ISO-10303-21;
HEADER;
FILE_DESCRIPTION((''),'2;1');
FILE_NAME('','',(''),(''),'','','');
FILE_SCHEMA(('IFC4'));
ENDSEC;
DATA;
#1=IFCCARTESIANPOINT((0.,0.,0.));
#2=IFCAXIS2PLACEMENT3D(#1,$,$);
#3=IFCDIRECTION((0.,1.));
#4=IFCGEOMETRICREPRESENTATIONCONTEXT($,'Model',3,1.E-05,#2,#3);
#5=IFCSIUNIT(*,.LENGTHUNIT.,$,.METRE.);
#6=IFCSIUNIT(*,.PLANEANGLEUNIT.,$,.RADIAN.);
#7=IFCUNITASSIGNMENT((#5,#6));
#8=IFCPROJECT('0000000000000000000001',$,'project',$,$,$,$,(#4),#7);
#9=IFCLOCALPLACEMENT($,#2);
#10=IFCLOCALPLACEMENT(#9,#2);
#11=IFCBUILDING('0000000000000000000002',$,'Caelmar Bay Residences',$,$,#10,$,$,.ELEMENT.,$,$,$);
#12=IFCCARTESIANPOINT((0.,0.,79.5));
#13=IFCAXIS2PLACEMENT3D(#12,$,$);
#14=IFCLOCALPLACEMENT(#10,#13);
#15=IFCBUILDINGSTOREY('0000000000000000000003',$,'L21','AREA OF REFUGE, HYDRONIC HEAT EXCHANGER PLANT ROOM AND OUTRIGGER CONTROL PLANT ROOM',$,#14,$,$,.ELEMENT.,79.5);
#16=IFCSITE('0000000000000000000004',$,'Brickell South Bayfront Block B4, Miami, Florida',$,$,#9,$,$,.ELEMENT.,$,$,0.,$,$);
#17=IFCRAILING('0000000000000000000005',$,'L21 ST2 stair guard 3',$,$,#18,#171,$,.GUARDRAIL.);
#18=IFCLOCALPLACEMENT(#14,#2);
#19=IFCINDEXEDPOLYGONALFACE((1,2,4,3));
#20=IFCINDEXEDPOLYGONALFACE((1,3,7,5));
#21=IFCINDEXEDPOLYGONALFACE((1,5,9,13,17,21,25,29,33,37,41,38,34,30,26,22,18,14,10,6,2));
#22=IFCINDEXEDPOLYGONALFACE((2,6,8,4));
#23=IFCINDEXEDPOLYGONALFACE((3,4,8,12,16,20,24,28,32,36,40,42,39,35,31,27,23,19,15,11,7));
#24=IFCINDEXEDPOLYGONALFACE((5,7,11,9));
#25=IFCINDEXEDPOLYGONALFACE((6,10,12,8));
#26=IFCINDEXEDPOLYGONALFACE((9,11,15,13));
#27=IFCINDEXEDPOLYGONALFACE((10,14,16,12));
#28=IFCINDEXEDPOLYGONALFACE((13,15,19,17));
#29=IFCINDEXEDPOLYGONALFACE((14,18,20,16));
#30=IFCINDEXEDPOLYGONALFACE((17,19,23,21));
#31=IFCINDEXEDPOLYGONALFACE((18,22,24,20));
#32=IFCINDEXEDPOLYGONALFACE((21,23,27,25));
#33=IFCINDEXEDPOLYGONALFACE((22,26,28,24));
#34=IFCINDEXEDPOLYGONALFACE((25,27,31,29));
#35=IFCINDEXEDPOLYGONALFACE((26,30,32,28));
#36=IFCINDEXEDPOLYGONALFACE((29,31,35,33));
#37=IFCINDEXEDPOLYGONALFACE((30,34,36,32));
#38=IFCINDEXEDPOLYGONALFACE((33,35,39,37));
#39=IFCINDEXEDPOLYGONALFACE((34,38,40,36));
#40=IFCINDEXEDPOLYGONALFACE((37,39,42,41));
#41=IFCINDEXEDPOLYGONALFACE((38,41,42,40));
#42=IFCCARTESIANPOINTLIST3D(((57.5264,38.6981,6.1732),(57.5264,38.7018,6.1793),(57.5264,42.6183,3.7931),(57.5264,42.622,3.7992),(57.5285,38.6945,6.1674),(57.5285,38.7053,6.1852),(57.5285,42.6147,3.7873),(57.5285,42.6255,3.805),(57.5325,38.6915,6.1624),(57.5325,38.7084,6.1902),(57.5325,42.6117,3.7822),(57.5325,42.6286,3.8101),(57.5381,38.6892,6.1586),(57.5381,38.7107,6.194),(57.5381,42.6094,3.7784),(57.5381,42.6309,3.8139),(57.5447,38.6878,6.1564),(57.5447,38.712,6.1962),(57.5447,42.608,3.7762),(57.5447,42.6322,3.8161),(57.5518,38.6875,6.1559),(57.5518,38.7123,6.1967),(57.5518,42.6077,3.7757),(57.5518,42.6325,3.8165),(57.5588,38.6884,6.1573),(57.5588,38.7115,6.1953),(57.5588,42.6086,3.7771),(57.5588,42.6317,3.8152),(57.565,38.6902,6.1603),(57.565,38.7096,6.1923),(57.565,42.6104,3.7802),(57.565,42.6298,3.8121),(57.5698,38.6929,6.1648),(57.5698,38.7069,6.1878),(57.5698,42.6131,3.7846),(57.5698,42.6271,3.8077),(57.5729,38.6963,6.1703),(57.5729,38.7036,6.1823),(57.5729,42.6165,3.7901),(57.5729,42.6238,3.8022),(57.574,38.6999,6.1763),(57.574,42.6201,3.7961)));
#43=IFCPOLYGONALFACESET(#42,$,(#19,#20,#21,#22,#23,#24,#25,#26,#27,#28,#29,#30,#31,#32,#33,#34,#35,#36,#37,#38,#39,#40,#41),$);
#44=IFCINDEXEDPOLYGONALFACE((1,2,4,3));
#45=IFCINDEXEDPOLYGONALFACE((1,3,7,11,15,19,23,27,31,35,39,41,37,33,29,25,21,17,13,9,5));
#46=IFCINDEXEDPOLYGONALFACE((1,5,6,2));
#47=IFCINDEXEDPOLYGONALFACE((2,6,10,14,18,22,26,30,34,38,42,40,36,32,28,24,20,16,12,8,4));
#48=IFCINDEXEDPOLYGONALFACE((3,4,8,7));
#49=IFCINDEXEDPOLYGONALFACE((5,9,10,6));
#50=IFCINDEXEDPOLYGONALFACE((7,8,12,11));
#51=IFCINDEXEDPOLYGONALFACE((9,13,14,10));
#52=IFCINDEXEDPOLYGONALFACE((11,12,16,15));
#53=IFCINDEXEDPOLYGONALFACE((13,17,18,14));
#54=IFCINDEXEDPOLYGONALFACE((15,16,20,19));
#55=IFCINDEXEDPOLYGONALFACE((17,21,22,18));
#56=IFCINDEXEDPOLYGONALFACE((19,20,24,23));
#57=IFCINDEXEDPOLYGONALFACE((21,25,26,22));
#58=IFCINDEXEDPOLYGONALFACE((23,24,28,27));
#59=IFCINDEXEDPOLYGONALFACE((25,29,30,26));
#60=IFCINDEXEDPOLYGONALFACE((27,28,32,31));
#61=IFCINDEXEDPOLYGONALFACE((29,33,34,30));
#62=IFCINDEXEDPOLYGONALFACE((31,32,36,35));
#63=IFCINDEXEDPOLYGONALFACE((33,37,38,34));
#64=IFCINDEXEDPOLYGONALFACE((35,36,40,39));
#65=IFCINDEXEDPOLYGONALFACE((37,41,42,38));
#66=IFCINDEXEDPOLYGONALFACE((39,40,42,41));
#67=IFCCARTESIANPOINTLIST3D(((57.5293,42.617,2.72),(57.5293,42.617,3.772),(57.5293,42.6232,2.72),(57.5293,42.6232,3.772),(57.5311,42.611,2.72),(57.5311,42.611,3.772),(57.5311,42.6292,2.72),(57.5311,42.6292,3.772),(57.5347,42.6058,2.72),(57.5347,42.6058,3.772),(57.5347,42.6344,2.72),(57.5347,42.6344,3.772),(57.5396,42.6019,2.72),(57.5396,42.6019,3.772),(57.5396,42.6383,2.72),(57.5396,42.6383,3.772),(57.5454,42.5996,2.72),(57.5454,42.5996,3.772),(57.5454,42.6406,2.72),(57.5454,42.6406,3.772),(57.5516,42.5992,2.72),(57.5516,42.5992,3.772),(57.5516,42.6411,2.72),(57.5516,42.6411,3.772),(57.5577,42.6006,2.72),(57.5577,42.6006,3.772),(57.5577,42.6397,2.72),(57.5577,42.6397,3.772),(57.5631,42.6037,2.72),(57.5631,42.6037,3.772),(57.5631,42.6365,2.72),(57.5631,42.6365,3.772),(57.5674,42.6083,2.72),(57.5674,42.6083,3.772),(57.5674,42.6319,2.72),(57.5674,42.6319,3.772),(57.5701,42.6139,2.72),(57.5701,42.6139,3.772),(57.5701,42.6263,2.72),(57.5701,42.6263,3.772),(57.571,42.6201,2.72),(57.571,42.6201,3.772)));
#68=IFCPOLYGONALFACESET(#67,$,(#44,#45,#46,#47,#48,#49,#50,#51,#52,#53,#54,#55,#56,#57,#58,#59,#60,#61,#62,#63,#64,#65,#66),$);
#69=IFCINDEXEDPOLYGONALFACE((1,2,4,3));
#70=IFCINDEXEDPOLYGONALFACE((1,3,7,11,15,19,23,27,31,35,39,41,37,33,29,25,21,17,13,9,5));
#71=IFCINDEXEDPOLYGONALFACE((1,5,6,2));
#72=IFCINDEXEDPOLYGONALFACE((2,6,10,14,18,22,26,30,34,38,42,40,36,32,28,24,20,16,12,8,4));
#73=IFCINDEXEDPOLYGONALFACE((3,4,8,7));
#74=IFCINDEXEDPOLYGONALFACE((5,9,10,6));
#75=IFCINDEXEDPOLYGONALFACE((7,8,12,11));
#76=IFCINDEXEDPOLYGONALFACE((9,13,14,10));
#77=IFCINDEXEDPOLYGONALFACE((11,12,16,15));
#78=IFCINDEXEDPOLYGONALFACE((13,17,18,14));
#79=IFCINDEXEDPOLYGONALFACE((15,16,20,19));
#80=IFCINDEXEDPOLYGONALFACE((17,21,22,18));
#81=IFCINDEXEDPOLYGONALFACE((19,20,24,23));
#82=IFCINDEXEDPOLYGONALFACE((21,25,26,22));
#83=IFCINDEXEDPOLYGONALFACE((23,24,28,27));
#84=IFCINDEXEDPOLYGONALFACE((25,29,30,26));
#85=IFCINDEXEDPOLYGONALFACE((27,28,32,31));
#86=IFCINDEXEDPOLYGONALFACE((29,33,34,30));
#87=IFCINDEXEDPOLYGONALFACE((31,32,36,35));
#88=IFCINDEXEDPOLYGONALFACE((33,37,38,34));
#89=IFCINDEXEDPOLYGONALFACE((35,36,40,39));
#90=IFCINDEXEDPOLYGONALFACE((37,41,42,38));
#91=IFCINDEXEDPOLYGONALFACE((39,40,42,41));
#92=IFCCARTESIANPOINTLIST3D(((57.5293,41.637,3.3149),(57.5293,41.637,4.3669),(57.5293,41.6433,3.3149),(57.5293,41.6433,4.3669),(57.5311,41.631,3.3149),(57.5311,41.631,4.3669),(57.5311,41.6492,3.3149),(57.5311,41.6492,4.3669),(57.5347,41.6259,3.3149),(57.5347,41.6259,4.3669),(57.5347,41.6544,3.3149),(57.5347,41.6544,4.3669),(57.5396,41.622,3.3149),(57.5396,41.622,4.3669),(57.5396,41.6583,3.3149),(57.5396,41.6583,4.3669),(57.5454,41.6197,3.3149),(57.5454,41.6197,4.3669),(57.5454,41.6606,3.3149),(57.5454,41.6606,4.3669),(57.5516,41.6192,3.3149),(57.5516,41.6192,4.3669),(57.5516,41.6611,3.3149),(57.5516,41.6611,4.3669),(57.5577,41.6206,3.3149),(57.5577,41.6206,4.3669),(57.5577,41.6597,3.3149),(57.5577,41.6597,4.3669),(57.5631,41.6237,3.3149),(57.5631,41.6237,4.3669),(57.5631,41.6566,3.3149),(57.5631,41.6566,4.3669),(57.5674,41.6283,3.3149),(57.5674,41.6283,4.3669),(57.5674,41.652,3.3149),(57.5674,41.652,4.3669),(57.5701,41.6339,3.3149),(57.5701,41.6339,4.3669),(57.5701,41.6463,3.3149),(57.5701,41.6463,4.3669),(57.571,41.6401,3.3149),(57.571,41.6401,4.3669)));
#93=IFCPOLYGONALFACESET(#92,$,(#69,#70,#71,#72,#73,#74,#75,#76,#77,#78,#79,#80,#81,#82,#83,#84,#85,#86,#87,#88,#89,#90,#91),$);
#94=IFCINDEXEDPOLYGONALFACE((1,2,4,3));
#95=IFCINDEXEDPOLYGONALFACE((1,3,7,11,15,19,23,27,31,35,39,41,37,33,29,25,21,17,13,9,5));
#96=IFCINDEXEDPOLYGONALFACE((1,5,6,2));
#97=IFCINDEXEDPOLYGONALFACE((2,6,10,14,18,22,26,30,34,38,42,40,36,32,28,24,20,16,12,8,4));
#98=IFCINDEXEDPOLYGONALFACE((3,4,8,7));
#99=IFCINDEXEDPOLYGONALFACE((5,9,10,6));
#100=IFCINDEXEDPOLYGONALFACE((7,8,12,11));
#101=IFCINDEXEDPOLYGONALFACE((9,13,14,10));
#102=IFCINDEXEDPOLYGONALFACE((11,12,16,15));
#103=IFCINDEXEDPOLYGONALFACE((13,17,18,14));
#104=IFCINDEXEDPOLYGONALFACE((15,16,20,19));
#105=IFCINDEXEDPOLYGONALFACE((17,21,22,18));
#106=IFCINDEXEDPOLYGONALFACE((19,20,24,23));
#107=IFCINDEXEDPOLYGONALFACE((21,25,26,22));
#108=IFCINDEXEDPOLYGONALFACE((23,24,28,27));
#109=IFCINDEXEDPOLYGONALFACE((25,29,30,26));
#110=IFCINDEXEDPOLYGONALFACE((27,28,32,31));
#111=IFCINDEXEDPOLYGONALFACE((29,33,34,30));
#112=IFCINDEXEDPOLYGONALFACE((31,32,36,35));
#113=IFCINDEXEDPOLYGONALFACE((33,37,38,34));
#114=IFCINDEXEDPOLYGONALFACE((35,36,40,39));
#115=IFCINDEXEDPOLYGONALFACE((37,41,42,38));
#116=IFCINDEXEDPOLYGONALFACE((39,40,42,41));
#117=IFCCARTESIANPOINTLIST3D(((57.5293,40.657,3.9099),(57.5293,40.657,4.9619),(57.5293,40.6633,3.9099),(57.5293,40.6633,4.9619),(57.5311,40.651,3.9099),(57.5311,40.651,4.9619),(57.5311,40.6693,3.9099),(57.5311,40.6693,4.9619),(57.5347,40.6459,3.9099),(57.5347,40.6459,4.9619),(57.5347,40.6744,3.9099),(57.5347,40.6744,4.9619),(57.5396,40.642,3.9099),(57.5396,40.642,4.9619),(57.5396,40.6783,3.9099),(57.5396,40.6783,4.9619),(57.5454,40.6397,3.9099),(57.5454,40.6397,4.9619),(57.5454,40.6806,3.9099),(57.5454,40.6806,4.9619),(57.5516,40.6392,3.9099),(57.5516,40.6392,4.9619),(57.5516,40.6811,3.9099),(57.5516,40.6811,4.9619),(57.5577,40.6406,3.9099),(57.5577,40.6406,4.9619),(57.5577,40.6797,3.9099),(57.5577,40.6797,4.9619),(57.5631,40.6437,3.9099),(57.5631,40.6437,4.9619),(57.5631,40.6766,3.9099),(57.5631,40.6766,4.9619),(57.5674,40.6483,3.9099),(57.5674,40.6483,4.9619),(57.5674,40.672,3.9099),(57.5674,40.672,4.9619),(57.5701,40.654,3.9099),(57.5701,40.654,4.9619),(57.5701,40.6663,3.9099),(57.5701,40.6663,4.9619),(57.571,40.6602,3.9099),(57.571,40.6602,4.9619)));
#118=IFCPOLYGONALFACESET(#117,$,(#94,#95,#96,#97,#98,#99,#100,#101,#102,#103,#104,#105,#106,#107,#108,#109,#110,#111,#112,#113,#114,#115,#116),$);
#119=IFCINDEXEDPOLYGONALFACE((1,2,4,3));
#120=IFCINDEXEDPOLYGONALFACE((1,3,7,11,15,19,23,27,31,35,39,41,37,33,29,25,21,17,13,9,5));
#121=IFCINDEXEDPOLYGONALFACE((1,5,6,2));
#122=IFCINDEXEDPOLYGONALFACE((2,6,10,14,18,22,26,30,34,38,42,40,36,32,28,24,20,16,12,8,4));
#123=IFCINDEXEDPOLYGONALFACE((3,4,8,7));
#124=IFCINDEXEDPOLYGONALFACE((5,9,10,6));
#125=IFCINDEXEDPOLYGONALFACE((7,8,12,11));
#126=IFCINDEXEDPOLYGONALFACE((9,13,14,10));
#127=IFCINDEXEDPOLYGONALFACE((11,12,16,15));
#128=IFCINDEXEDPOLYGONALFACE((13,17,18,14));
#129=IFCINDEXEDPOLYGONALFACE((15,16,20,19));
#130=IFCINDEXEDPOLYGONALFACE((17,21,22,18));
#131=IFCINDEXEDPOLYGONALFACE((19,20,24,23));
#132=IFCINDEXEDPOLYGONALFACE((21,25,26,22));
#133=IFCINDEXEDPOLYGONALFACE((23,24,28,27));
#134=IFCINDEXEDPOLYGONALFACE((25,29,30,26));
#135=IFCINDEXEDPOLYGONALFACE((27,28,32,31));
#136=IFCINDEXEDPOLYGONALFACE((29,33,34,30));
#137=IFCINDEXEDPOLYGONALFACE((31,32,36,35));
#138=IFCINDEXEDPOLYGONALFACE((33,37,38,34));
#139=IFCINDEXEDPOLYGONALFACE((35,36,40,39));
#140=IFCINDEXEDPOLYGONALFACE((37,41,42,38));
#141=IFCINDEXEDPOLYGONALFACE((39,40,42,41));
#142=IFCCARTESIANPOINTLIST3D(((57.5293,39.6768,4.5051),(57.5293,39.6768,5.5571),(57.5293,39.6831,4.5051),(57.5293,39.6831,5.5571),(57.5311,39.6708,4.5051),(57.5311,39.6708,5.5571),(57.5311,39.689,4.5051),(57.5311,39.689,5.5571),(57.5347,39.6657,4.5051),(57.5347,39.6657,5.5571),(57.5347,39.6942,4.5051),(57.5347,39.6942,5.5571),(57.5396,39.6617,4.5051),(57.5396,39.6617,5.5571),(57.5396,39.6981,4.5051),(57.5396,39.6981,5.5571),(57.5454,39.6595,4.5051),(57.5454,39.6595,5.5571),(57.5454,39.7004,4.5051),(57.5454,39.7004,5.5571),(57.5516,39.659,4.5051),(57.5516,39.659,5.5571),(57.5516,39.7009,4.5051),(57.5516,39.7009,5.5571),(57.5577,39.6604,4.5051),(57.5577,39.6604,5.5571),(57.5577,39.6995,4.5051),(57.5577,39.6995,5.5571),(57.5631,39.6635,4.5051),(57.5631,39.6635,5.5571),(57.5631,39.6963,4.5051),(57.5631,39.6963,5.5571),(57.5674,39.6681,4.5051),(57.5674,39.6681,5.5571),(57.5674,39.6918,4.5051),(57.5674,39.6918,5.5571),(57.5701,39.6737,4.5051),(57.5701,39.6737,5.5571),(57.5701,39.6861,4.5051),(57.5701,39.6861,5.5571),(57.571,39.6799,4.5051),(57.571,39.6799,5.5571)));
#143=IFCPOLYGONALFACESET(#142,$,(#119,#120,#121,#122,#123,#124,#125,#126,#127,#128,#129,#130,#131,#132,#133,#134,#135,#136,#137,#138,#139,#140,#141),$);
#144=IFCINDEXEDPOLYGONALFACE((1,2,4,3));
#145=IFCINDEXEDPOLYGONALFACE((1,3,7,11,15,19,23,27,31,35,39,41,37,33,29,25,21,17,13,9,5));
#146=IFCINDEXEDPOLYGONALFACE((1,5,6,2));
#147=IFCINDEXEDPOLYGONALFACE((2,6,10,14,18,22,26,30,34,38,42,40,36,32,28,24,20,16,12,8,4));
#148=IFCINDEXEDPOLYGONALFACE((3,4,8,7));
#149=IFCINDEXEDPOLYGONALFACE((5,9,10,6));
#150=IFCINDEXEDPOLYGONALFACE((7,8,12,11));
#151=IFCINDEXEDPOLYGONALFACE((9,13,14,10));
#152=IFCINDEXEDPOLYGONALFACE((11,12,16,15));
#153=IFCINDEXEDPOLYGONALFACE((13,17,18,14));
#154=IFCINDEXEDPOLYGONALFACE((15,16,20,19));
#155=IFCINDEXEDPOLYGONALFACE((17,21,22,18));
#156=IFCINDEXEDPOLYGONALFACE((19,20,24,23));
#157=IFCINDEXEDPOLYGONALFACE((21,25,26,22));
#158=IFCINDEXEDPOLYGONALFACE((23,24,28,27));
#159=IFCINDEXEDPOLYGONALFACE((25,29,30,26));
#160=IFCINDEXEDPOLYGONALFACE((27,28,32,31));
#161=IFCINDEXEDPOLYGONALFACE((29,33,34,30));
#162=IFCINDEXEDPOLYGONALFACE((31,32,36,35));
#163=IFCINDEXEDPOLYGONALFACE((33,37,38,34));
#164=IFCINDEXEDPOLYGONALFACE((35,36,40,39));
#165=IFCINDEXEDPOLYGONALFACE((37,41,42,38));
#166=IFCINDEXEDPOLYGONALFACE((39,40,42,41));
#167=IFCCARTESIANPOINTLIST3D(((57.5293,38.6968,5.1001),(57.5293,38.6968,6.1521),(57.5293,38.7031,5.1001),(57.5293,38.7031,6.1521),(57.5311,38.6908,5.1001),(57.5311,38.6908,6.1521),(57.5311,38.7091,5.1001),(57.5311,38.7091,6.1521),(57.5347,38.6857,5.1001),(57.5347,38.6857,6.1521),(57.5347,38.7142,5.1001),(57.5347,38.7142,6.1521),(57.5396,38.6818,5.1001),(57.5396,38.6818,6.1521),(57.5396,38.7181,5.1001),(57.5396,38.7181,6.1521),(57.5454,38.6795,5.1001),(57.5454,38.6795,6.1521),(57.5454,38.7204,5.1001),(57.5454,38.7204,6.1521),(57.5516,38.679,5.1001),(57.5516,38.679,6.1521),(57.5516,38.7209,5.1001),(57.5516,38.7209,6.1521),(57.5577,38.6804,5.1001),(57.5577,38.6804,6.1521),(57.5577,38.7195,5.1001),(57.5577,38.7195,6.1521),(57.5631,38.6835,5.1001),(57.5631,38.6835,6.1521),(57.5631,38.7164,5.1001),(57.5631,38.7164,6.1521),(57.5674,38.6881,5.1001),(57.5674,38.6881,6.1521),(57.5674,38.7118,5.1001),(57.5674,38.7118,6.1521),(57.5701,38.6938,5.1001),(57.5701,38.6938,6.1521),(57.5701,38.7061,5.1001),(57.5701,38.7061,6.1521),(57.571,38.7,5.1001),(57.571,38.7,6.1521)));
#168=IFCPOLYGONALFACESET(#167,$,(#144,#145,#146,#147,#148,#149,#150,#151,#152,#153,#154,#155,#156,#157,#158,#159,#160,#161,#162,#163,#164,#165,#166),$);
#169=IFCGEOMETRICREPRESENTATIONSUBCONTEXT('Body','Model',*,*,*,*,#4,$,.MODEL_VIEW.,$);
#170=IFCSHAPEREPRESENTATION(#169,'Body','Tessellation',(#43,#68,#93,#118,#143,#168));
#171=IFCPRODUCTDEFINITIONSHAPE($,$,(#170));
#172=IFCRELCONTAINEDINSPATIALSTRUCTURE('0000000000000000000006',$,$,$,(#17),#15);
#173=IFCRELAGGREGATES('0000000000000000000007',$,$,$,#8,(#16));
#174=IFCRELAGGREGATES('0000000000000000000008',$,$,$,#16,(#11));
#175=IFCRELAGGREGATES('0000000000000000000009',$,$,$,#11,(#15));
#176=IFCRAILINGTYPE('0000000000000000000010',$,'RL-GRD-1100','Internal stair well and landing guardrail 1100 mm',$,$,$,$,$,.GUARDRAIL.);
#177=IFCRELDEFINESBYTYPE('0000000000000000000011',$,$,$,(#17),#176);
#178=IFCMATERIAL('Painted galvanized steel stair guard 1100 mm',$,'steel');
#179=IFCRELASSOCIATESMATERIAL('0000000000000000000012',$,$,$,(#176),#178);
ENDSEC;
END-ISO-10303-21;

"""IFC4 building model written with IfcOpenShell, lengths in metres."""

from ifc_helpers import new_model, si_unit, direction, frame, origin, origin_2d, place, context, subcontext, project, spatial, circle, extrude, material, type_object, element, save


model = new_model("IFC4")

# Units and contexts
model_context = context("Model", 3, precision=1e-05, world=origin(), true_north=direction((0.0, 1.0)))
body_context = subcontext(model_context, "Body", "Model", "MODEL_VIEW")
ifc_project = project(units=[si_unit("LENGTHUNIT", "METRE"), si_unit("PLANEANGLEUNIT", "RADIAN")], contexts=[model_context])

# Site, building, storey
site_placement = place(None, origin())
site = spatial("IfcSite", under=ifc_project, at=site_placement, Name="Brickell South Bayfront Block B4, Miami, Florida", CompositionType="ELEMENT", RefElevation=0.0)
building_placement = place(site_placement, origin())
building = spatial("IfcBuilding", under=site, at=building_placement, Name="Caelmar Bay Residences", CompositionType="ELEMENT")
storey_placement = place(building_placement, frame((0.0, 0.0, 79.5)))
storey = spatial("IfcBuildingStorey", under=building, at=storey_placement, Name="L21", Description="AREA OF REFUGE, HYDRONIC HEAT EXCHANGER PLANT ROOM AND OUTRIGGER CONTROL PLANT ROOM", CompositionType="ELEMENT", Elevation=79.5)

# Railing
ifc_material_1 = material(Name="Painted galvanized steel stair guard 1100 mm", Category="steel")
railing_type_1 = type_object("IfcRailingType", Name="RL-GRD-1100", Description="Internal stair well and landing guardrail 1100 mm", PredefinedType="GUARDRAIL", material=ifc_material_1)
railing_1_placement = place(storey_placement, frame((57.55, 42.6201, 2.72)))
element("IfcRailing", 1, at=railing_1_placement, inside=storey, type_object=railing_type_1, Name="L21 ST2 stair guard 3", PredefinedType="GUARDRAIL", context=body_context, shape_type="SweptSolid", body=[
    extrude(circle(Radius=0.0239, at=origin_2d()), frame((0.0, 0.0, 1.0762), z_axis=(0.0, -0.854785, 0.518982), x_axis=(1.0, 0.0, 0.0)), (0.0, 0.0, 1.0), 4.5862),
    extrude(circle(Radius=0.021, at=origin_2d()), origin(), (0.0, 0.0, 1.0), 1.052),
    extrude(circle(Radius=0.021, at=origin_2d()), frame((0.0, -0.98, 0.595)), (0.0, 0.0, 1.0), 1.052),
    extrude(circle(Radius=0.021, at=origin_2d()), frame((0.0, -1.96, 1.1899)), (0.0, 0.0, 1.0), 1.052),
    extrude(circle(Radius=0.021, at=origin_2d()), frame((0.0, -2.9402, 1.7852)), (0.0, 0.0, 1.0), 1.052),
    extrude(circle(Radius=0.021, at=origin_2d()), frame((0.0, -3.9202, 2.3801)), (0.0, 0.0, 1.0), 1.052),
])

save(model, "model.ifc")
